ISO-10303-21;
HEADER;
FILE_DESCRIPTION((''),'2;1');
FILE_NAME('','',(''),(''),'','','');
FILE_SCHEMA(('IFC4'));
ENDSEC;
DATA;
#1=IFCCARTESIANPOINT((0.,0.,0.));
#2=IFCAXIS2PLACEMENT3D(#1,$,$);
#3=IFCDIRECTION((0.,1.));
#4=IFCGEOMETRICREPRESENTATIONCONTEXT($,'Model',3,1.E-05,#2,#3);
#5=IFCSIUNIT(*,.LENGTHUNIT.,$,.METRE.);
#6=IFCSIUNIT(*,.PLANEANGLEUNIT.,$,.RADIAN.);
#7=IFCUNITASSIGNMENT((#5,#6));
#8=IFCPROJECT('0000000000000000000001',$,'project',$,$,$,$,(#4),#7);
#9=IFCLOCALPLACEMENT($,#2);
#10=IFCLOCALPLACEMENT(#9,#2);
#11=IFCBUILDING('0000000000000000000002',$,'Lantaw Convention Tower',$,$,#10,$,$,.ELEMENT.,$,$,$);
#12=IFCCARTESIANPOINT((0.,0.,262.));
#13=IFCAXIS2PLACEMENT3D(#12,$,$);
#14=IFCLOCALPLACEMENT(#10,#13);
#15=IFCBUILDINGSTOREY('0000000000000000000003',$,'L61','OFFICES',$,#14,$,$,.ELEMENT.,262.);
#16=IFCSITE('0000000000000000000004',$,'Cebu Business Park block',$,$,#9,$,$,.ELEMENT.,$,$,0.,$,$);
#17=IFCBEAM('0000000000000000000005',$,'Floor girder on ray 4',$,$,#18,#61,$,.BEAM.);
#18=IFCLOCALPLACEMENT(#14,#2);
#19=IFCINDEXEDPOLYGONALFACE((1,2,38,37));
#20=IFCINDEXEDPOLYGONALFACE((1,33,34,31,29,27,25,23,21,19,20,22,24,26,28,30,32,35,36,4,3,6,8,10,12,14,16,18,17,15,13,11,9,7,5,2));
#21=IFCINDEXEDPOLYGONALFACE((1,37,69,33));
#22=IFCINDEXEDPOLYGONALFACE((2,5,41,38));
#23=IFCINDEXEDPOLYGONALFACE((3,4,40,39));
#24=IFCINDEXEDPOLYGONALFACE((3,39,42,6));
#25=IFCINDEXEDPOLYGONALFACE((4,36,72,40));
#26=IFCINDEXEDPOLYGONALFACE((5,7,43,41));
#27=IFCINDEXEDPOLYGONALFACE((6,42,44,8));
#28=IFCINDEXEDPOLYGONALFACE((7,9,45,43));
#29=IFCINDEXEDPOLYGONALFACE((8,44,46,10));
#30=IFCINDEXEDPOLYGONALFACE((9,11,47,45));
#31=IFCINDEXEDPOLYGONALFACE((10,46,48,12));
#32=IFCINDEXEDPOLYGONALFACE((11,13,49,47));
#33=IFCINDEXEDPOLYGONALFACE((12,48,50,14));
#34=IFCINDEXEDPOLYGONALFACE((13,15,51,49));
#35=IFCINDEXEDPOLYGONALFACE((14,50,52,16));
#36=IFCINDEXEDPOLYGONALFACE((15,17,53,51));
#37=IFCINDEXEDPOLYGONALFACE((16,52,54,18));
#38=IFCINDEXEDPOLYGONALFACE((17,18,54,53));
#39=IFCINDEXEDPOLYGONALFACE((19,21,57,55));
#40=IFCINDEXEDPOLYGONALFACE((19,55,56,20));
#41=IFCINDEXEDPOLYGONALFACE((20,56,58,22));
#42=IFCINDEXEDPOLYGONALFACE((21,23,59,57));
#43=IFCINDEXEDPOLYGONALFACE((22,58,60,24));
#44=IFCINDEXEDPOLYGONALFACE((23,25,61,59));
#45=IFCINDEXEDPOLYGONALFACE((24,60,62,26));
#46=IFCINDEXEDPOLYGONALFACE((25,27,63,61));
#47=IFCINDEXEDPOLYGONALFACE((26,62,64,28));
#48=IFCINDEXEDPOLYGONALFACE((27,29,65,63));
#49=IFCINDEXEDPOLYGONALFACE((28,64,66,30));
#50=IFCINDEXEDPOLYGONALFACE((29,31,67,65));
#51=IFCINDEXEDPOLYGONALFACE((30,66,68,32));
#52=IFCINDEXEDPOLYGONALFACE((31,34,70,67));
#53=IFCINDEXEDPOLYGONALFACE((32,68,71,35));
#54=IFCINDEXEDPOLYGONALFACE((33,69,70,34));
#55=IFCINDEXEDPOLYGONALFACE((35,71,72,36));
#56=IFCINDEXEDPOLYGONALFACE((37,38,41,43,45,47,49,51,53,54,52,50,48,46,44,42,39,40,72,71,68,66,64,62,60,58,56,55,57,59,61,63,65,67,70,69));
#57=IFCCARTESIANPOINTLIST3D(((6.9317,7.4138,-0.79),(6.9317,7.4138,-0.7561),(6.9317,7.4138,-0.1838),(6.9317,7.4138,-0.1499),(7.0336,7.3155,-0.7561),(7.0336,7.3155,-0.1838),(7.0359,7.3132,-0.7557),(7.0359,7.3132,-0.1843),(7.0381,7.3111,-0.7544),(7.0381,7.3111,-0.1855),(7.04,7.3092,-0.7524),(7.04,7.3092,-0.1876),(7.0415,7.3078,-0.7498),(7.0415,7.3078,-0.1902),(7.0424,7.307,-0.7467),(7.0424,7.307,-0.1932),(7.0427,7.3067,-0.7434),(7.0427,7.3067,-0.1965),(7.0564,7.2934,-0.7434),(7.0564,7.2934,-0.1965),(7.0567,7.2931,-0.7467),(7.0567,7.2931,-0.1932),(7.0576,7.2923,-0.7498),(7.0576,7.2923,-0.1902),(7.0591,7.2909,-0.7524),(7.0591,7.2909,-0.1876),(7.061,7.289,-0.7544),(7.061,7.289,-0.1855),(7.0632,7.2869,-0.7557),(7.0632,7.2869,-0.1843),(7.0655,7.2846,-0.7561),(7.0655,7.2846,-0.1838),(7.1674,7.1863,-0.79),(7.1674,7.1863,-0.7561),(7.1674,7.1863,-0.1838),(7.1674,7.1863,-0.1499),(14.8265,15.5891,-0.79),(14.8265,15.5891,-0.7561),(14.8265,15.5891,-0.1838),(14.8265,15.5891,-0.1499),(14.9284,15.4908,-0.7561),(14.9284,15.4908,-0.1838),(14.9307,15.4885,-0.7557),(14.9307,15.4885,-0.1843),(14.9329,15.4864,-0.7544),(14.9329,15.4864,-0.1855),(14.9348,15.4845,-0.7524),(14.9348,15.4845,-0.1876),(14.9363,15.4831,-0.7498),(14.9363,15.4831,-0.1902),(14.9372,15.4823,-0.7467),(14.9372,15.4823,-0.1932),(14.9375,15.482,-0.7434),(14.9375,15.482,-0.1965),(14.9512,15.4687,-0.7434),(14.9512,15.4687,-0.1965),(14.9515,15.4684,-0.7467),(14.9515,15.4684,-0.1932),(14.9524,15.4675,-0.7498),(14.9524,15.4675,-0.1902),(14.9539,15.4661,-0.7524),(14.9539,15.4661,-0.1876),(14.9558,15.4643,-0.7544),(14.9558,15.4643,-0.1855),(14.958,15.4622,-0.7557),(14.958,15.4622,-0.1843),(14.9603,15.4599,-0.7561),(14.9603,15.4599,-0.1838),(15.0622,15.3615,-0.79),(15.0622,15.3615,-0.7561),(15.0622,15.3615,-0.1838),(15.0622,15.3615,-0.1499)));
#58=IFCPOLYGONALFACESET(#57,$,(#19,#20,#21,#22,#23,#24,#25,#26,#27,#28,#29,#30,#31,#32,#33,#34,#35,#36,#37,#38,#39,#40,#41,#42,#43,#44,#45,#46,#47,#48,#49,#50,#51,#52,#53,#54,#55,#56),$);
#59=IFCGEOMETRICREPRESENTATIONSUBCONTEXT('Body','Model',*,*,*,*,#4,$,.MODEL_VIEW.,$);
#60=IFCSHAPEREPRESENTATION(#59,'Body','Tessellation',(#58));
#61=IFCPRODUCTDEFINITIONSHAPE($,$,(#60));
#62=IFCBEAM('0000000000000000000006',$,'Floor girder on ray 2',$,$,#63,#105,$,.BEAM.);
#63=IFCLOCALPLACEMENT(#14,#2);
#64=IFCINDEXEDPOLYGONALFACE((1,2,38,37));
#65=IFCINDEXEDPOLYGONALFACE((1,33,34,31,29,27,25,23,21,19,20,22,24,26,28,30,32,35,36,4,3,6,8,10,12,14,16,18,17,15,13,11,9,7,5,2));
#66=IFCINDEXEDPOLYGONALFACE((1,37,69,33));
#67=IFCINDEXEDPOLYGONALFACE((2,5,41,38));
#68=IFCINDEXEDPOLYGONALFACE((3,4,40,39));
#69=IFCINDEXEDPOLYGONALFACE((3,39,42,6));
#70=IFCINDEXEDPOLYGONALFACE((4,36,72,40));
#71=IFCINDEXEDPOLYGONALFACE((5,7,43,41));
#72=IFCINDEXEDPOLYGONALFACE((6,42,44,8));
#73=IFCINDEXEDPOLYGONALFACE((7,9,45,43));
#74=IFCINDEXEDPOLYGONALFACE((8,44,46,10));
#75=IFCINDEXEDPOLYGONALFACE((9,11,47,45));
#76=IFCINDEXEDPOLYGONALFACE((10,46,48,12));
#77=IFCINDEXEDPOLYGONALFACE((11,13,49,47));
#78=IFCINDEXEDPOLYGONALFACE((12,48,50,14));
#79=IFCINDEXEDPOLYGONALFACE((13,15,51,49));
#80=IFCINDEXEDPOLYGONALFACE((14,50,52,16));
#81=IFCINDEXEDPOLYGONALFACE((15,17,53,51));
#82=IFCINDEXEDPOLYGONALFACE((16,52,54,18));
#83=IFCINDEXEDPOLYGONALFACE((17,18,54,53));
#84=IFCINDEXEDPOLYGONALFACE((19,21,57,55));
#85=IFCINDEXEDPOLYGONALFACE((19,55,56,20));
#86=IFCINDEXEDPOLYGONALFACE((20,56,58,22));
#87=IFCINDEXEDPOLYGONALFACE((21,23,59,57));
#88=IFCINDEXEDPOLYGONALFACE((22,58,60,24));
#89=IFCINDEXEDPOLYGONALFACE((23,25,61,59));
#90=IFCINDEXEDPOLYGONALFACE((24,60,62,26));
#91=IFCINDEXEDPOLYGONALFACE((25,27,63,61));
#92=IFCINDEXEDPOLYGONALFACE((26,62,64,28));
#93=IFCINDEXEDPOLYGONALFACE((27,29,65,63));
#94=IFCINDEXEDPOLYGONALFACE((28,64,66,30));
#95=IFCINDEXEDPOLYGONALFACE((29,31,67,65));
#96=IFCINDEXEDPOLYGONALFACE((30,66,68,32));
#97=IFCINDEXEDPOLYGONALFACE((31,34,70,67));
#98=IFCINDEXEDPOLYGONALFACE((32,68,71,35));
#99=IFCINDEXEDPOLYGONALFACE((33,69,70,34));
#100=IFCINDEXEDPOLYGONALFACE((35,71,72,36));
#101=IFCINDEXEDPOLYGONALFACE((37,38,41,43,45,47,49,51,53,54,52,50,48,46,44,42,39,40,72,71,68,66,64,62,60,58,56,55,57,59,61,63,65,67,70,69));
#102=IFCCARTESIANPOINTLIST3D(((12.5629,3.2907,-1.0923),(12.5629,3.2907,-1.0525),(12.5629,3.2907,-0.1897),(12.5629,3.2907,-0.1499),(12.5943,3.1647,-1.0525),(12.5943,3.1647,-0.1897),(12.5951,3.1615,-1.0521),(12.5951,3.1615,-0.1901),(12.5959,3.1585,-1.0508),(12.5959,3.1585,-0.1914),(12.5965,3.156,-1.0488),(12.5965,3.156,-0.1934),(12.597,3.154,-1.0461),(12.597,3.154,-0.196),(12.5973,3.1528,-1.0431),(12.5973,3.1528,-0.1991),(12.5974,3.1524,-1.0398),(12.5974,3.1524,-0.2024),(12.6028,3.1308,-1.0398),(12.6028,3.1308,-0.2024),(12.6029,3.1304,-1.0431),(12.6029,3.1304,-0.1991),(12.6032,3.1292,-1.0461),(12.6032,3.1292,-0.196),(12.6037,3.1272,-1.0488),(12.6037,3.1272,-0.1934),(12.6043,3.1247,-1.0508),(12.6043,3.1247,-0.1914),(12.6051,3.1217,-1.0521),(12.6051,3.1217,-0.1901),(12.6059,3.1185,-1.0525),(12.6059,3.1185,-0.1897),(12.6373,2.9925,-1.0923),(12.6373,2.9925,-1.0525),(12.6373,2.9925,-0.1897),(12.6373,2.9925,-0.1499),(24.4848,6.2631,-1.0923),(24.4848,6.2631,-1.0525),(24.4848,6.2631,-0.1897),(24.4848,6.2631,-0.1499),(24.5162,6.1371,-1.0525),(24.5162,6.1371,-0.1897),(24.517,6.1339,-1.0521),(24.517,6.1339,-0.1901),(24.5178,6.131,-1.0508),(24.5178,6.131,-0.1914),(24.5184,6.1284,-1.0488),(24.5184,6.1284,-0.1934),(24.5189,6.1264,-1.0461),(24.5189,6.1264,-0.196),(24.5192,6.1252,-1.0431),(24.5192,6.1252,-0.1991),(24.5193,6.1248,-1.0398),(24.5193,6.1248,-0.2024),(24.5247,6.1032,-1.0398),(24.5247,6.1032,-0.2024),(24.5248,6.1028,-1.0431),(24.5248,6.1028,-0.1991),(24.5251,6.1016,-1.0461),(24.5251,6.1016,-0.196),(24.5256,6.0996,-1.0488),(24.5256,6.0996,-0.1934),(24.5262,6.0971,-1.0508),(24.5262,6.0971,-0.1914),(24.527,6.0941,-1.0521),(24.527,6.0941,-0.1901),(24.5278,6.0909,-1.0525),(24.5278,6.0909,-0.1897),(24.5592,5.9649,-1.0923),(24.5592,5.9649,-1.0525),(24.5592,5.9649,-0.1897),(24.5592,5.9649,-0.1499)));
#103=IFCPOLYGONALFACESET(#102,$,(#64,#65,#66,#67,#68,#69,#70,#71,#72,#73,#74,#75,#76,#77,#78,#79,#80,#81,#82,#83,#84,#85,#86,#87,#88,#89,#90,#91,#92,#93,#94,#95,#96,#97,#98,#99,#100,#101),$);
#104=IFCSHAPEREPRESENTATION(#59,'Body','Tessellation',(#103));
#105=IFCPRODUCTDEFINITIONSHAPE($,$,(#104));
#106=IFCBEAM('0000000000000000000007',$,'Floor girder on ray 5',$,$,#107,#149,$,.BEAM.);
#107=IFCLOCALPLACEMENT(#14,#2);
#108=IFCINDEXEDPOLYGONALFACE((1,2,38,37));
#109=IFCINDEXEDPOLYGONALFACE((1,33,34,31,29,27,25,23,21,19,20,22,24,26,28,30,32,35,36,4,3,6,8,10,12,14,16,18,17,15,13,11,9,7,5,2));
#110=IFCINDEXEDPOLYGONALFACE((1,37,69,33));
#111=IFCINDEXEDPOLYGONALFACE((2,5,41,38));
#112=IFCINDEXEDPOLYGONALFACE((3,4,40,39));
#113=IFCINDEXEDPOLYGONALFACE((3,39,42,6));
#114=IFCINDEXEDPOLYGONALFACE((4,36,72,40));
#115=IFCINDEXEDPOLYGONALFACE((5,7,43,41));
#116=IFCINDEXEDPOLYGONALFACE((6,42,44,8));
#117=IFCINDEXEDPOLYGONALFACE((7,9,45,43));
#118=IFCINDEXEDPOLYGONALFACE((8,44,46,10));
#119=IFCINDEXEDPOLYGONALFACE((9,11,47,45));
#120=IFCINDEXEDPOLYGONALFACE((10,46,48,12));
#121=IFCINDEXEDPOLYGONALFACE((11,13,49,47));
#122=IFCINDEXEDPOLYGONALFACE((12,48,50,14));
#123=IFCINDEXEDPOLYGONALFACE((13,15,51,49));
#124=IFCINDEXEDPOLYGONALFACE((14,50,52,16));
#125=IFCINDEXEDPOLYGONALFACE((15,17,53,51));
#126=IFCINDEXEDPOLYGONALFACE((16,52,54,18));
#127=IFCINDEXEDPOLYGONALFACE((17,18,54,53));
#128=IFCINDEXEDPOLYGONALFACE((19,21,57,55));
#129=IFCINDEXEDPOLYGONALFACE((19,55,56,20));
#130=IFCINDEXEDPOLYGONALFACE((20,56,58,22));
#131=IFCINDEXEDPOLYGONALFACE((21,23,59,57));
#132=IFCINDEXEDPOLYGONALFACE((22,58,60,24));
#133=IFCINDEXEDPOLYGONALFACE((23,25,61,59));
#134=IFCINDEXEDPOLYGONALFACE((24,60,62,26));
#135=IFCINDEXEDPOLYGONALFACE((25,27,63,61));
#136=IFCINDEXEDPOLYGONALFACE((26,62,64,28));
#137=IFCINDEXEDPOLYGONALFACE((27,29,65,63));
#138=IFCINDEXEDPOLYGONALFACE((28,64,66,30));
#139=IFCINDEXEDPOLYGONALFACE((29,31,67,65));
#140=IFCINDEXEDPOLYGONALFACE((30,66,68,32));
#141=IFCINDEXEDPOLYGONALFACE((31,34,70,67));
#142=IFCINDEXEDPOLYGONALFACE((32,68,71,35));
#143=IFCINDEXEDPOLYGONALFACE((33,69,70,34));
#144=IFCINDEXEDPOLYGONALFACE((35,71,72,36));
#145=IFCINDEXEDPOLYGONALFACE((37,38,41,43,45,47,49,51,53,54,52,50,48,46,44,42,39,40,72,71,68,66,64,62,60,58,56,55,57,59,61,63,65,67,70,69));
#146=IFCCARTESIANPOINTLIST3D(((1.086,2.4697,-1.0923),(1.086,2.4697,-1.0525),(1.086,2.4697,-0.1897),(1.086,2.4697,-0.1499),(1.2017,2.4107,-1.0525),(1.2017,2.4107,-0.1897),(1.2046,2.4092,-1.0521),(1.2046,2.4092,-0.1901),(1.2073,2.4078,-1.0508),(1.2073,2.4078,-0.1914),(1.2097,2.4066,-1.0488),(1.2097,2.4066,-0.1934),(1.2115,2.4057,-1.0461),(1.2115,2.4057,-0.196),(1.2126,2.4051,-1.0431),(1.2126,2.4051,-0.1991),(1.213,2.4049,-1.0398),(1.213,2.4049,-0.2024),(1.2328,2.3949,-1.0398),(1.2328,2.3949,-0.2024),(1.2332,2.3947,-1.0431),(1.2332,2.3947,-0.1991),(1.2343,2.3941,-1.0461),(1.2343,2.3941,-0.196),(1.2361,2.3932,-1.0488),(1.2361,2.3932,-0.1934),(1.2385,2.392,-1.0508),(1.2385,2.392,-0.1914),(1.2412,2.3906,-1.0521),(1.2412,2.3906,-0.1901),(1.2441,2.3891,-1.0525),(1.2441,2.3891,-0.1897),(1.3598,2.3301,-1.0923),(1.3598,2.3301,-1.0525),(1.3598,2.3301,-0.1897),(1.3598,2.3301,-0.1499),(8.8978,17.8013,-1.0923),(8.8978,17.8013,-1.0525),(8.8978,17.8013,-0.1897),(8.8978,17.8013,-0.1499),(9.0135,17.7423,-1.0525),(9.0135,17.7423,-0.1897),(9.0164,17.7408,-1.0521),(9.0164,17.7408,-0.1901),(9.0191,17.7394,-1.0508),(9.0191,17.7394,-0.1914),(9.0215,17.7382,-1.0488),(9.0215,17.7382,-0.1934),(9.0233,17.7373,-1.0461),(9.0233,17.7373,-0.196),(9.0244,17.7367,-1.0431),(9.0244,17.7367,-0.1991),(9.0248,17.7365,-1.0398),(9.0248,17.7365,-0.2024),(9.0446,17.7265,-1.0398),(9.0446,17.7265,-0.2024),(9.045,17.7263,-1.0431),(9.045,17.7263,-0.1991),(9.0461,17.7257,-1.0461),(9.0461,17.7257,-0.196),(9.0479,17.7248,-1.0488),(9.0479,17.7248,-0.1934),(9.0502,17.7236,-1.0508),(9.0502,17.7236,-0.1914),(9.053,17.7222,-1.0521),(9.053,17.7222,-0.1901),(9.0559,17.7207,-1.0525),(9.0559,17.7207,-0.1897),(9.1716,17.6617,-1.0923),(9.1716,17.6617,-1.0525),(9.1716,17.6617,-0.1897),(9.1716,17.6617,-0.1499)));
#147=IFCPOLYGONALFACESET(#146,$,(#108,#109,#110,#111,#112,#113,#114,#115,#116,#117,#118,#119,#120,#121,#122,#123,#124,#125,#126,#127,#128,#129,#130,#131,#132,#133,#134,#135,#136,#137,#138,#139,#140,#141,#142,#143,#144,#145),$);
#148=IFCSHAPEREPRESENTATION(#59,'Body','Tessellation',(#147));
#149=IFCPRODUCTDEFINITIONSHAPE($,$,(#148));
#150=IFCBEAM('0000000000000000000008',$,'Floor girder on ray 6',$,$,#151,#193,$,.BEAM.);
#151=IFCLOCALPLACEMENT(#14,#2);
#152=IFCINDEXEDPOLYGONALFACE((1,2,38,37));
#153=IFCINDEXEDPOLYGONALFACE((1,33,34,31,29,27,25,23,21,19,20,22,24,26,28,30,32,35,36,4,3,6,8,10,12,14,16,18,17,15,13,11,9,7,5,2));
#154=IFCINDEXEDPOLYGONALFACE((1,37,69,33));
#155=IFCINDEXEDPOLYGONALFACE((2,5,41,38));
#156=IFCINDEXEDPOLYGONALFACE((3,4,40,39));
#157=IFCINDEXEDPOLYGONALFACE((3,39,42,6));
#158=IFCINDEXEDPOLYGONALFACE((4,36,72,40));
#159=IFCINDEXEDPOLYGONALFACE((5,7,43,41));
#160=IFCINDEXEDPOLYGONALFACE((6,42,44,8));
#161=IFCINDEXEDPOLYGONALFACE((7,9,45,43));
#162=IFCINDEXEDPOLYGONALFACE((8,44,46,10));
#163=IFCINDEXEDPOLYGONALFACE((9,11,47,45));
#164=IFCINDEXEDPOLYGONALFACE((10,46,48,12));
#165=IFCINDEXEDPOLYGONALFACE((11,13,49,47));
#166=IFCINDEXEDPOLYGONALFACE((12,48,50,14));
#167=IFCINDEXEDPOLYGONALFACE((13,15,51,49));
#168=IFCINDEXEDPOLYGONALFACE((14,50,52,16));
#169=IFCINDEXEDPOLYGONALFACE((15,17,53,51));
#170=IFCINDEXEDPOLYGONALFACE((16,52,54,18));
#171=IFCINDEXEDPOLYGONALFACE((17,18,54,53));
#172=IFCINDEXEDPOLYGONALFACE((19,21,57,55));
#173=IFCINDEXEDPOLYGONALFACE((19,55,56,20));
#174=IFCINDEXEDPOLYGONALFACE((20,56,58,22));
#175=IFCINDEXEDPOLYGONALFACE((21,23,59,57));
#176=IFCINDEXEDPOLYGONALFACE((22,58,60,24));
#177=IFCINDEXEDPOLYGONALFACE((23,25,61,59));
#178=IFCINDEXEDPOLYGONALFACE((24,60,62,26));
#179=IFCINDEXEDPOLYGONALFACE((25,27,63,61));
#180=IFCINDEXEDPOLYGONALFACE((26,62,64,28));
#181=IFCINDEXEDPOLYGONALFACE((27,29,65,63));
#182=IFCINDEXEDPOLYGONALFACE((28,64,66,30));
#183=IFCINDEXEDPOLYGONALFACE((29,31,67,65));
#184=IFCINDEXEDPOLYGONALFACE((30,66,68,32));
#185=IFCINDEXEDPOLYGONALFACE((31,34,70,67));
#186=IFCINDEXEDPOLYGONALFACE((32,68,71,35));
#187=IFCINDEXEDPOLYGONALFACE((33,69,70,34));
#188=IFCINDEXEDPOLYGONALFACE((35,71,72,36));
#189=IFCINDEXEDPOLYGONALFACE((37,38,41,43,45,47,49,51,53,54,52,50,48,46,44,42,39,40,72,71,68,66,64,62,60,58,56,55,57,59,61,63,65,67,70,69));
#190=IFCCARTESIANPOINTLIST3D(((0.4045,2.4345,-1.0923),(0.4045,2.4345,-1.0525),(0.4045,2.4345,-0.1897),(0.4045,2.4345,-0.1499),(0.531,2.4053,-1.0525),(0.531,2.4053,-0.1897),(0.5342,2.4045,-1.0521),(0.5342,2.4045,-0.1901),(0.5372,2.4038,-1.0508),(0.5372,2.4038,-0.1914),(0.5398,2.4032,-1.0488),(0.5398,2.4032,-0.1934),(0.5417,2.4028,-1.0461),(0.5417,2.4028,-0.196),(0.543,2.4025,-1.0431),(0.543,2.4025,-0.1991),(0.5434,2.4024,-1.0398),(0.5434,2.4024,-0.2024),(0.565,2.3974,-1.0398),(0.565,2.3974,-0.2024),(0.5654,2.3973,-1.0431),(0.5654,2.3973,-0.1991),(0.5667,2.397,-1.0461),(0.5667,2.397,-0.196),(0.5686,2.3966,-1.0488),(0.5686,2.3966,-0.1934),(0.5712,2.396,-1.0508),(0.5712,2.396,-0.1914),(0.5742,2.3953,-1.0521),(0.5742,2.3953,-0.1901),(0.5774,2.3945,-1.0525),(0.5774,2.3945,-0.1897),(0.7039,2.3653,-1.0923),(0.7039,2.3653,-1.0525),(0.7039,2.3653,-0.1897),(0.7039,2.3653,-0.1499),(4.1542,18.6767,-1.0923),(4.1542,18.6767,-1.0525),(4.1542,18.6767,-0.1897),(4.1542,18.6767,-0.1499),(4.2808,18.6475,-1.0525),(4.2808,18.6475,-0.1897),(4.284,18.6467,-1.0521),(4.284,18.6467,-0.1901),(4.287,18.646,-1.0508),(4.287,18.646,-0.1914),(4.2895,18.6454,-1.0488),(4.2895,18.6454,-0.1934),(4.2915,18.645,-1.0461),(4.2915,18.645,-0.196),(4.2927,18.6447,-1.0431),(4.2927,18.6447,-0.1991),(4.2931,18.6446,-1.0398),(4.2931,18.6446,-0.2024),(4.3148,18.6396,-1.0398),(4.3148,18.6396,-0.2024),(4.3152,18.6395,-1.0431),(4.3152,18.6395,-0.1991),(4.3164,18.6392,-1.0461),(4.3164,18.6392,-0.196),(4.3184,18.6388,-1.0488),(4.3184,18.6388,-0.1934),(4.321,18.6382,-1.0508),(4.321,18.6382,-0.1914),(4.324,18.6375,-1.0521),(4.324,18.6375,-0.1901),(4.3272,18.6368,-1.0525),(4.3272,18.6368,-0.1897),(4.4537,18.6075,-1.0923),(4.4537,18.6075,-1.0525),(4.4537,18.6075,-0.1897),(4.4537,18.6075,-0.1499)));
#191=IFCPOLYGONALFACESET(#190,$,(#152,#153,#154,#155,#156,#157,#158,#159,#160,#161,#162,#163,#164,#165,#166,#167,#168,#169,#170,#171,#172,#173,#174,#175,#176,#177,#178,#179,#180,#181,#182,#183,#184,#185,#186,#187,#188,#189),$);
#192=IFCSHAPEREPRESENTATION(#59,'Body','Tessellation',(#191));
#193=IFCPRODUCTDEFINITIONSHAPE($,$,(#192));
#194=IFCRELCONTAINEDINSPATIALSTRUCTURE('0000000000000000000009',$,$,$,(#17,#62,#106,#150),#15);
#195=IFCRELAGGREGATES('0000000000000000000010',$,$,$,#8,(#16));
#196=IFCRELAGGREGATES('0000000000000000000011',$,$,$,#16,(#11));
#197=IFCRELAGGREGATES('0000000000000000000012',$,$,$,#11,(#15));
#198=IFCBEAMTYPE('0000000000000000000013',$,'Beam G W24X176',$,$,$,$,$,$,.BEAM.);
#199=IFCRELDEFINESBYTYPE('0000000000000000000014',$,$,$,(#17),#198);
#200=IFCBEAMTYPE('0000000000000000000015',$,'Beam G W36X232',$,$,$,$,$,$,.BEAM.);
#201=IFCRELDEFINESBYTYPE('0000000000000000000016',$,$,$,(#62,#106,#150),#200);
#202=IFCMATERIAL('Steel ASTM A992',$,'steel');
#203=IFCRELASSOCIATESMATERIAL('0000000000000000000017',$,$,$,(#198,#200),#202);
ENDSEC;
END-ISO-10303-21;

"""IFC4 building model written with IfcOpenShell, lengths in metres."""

from ifc_helpers import new_model, si_unit, direction, frame, origin, origin_2d, place, context, subcontext, project, spatial, i_section, extrude, material, material_profile, profile_set, type_object, element, save


model = new_model("IFC4")

# Units and contexts
model_context = context("Model", 3, precision=1e-05, world=origin(), true_north=direction((0.0, 1.0)))
body_context = subcontext(model_context, "Body", "Model", "MODEL_VIEW")
ifc_project = project(units=[si_unit("LENGTHUNIT", "METRE"), si_unit("PLANEANGLEUNIT", "RADIAN")], contexts=[model_context])

# Site, building, storey
site_placement = place(None, origin())
site = spatial("IfcSite", under=ifc_project, at=site_placement, Name="Cebu Business Park block", CompositionType="ELEMENT", RefElevation=0.0)
building_placement = place(site_placement, origin())
building = spatial("IfcBuilding", under=site, at=building_placement, Name="Lantaw Convention Tower", CompositionType="ELEMENT")
storey_placement = place(building_placement, frame((0.0, 0.0, 262.0)))
storey = spatial("IfcBuildingStorey", under=building, at=storey_placement, Name="L61", Description="OFFICES", CompositionType="ELEMENT", Elevation=262.0)

# Beams
ifc_material_1 = material(Name="Steel ASTM A992", Category="steel")
ifc_material_profile_1 = material_profile(ifc_material_1, i_section(OverallWidth=0.3276, OverallDepth=0.6401, WebThickness=0.019, FlangeThickness=0.0339, FilletRadius=0.0127, at=origin_2d()), Name="W24X176")
ifc_profile_set_1 = profile_set([ifc_material_profile_1], Name="Steel ASTM A992")
beam_type_1 = type_object("IfcBeamType", Name="Beam G W24X176", PredefinedType="BEAM", material=ifc_profile_set_1)
beam_1_placement = place(storey_placement, frame((7.0496, 7.3, -0.47), z_axis=(0.694658, 0.71934, 0.0), x_axis=(-0.71934, 0.694658, 0.0)))
element("IfcBeam", 1, at=beam_1_placement, inside=storey, type_object=beam_type_1, Name="Floor girder on ray 4", PredefinedType="BEAM", context=body_context, shape_type="SweptSolid", body=[
    extrude(i_section(OverallWidth=0.3276, OverallDepth=0.6401, WebThickness=0.019, FlangeThickness=0.0339, FilletRadius=0.0127, at=origin_2d()), origin(), (0.0, 0.0, 1.0), 11.365),
])
ifc_material_profile_2 = material_profile(ifc_material_1, i_section(OverallWidth=0.3074, OverallDepth=0.9424, WebThickness=0.0222, FlangeThickness=0.0398, FilletRadius=0.0127, at=origin_2d()), Name="W36X232")
ifc_profile_set_2 = profile_set([ifc_material_profile_2], Name="Steel ASTM A992")
beam_type_2 = type_object("IfcBeamType", Name="Beam G W36X232", PredefinedType="BEAM", material=ifc_profile_set_2)
beam_2_placement = place(storey_placement, frame((12.6001, 3.1416, -0.6211), z_axis=(0.970297, 0.241918, 0.0), x_axis=(-0.241918, 0.970297, 0.0)))
element("IfcBeam", 2, at=beam_2_placement, inside=storey, type_object=beam_type_2, Name="Floor girder on ray 2", PredefinedType="BEAM", context=body_context, shape_type="SweptSolid", body=[
    extrude(i_section(OverallWidth=0.3074, OverallDepth=0.9424, WebThickness=0.0222, FlangeThickness=0.0398, FilletRadius=0.0127, at=origin_2d()), origin(), (0.0, 0.0, 1.0), 12.2869),
])
beam_3_placement = place(storey_placement, frame((1.2229, 2.3999, -0.6211), z_axis=(0.453988, 0.891008, 0.0), x_axis=(-0.891008, 0.453988, 0.0)))
element("IfcBeam", 3, at=beam_3_placement, inside=storey, type_object=beam_type_2, Name="Floor girder on ray 5", PredefinedType="BEAM", context=body_context, shape_type="SweptSolid", body=[
    extrude(i_section(OverallWidth=0.3074, OverallDepth=0.9424, WebThickness=0.0222, FlangeThickness=0.0398, FilletRadius=0.0127, at=origin_2d()), origin(), (0.0, 0.0, 1.0), 17.207),
])
beam_4_placement = place(storey_placement, frame((0.5542, 2.3999, -0.6211), z_axis=(0.224948, 0.974371, 0.0), x_axis=(-0.974371, 0.224948, 0.0)))
element("IfcBeam", 4, at=beam_4_placement, inside=storey, type_object=beam_type_2, Name="Floor girder on ray 6", PredefinedType="BEAM", context=body_context, shape_type="SweptSolid", body=[
    extrude(i_section(OverallWidth=0.3074, OverallDepth=0.9424, WebThickness=0.0222, FlangeThickness=0.0398, FilletRadius=0.0127, at=origin_2d()), origin(), (0.0, 0.0, 1.0), 16.6694),
])

save(model, "model.ifc")
